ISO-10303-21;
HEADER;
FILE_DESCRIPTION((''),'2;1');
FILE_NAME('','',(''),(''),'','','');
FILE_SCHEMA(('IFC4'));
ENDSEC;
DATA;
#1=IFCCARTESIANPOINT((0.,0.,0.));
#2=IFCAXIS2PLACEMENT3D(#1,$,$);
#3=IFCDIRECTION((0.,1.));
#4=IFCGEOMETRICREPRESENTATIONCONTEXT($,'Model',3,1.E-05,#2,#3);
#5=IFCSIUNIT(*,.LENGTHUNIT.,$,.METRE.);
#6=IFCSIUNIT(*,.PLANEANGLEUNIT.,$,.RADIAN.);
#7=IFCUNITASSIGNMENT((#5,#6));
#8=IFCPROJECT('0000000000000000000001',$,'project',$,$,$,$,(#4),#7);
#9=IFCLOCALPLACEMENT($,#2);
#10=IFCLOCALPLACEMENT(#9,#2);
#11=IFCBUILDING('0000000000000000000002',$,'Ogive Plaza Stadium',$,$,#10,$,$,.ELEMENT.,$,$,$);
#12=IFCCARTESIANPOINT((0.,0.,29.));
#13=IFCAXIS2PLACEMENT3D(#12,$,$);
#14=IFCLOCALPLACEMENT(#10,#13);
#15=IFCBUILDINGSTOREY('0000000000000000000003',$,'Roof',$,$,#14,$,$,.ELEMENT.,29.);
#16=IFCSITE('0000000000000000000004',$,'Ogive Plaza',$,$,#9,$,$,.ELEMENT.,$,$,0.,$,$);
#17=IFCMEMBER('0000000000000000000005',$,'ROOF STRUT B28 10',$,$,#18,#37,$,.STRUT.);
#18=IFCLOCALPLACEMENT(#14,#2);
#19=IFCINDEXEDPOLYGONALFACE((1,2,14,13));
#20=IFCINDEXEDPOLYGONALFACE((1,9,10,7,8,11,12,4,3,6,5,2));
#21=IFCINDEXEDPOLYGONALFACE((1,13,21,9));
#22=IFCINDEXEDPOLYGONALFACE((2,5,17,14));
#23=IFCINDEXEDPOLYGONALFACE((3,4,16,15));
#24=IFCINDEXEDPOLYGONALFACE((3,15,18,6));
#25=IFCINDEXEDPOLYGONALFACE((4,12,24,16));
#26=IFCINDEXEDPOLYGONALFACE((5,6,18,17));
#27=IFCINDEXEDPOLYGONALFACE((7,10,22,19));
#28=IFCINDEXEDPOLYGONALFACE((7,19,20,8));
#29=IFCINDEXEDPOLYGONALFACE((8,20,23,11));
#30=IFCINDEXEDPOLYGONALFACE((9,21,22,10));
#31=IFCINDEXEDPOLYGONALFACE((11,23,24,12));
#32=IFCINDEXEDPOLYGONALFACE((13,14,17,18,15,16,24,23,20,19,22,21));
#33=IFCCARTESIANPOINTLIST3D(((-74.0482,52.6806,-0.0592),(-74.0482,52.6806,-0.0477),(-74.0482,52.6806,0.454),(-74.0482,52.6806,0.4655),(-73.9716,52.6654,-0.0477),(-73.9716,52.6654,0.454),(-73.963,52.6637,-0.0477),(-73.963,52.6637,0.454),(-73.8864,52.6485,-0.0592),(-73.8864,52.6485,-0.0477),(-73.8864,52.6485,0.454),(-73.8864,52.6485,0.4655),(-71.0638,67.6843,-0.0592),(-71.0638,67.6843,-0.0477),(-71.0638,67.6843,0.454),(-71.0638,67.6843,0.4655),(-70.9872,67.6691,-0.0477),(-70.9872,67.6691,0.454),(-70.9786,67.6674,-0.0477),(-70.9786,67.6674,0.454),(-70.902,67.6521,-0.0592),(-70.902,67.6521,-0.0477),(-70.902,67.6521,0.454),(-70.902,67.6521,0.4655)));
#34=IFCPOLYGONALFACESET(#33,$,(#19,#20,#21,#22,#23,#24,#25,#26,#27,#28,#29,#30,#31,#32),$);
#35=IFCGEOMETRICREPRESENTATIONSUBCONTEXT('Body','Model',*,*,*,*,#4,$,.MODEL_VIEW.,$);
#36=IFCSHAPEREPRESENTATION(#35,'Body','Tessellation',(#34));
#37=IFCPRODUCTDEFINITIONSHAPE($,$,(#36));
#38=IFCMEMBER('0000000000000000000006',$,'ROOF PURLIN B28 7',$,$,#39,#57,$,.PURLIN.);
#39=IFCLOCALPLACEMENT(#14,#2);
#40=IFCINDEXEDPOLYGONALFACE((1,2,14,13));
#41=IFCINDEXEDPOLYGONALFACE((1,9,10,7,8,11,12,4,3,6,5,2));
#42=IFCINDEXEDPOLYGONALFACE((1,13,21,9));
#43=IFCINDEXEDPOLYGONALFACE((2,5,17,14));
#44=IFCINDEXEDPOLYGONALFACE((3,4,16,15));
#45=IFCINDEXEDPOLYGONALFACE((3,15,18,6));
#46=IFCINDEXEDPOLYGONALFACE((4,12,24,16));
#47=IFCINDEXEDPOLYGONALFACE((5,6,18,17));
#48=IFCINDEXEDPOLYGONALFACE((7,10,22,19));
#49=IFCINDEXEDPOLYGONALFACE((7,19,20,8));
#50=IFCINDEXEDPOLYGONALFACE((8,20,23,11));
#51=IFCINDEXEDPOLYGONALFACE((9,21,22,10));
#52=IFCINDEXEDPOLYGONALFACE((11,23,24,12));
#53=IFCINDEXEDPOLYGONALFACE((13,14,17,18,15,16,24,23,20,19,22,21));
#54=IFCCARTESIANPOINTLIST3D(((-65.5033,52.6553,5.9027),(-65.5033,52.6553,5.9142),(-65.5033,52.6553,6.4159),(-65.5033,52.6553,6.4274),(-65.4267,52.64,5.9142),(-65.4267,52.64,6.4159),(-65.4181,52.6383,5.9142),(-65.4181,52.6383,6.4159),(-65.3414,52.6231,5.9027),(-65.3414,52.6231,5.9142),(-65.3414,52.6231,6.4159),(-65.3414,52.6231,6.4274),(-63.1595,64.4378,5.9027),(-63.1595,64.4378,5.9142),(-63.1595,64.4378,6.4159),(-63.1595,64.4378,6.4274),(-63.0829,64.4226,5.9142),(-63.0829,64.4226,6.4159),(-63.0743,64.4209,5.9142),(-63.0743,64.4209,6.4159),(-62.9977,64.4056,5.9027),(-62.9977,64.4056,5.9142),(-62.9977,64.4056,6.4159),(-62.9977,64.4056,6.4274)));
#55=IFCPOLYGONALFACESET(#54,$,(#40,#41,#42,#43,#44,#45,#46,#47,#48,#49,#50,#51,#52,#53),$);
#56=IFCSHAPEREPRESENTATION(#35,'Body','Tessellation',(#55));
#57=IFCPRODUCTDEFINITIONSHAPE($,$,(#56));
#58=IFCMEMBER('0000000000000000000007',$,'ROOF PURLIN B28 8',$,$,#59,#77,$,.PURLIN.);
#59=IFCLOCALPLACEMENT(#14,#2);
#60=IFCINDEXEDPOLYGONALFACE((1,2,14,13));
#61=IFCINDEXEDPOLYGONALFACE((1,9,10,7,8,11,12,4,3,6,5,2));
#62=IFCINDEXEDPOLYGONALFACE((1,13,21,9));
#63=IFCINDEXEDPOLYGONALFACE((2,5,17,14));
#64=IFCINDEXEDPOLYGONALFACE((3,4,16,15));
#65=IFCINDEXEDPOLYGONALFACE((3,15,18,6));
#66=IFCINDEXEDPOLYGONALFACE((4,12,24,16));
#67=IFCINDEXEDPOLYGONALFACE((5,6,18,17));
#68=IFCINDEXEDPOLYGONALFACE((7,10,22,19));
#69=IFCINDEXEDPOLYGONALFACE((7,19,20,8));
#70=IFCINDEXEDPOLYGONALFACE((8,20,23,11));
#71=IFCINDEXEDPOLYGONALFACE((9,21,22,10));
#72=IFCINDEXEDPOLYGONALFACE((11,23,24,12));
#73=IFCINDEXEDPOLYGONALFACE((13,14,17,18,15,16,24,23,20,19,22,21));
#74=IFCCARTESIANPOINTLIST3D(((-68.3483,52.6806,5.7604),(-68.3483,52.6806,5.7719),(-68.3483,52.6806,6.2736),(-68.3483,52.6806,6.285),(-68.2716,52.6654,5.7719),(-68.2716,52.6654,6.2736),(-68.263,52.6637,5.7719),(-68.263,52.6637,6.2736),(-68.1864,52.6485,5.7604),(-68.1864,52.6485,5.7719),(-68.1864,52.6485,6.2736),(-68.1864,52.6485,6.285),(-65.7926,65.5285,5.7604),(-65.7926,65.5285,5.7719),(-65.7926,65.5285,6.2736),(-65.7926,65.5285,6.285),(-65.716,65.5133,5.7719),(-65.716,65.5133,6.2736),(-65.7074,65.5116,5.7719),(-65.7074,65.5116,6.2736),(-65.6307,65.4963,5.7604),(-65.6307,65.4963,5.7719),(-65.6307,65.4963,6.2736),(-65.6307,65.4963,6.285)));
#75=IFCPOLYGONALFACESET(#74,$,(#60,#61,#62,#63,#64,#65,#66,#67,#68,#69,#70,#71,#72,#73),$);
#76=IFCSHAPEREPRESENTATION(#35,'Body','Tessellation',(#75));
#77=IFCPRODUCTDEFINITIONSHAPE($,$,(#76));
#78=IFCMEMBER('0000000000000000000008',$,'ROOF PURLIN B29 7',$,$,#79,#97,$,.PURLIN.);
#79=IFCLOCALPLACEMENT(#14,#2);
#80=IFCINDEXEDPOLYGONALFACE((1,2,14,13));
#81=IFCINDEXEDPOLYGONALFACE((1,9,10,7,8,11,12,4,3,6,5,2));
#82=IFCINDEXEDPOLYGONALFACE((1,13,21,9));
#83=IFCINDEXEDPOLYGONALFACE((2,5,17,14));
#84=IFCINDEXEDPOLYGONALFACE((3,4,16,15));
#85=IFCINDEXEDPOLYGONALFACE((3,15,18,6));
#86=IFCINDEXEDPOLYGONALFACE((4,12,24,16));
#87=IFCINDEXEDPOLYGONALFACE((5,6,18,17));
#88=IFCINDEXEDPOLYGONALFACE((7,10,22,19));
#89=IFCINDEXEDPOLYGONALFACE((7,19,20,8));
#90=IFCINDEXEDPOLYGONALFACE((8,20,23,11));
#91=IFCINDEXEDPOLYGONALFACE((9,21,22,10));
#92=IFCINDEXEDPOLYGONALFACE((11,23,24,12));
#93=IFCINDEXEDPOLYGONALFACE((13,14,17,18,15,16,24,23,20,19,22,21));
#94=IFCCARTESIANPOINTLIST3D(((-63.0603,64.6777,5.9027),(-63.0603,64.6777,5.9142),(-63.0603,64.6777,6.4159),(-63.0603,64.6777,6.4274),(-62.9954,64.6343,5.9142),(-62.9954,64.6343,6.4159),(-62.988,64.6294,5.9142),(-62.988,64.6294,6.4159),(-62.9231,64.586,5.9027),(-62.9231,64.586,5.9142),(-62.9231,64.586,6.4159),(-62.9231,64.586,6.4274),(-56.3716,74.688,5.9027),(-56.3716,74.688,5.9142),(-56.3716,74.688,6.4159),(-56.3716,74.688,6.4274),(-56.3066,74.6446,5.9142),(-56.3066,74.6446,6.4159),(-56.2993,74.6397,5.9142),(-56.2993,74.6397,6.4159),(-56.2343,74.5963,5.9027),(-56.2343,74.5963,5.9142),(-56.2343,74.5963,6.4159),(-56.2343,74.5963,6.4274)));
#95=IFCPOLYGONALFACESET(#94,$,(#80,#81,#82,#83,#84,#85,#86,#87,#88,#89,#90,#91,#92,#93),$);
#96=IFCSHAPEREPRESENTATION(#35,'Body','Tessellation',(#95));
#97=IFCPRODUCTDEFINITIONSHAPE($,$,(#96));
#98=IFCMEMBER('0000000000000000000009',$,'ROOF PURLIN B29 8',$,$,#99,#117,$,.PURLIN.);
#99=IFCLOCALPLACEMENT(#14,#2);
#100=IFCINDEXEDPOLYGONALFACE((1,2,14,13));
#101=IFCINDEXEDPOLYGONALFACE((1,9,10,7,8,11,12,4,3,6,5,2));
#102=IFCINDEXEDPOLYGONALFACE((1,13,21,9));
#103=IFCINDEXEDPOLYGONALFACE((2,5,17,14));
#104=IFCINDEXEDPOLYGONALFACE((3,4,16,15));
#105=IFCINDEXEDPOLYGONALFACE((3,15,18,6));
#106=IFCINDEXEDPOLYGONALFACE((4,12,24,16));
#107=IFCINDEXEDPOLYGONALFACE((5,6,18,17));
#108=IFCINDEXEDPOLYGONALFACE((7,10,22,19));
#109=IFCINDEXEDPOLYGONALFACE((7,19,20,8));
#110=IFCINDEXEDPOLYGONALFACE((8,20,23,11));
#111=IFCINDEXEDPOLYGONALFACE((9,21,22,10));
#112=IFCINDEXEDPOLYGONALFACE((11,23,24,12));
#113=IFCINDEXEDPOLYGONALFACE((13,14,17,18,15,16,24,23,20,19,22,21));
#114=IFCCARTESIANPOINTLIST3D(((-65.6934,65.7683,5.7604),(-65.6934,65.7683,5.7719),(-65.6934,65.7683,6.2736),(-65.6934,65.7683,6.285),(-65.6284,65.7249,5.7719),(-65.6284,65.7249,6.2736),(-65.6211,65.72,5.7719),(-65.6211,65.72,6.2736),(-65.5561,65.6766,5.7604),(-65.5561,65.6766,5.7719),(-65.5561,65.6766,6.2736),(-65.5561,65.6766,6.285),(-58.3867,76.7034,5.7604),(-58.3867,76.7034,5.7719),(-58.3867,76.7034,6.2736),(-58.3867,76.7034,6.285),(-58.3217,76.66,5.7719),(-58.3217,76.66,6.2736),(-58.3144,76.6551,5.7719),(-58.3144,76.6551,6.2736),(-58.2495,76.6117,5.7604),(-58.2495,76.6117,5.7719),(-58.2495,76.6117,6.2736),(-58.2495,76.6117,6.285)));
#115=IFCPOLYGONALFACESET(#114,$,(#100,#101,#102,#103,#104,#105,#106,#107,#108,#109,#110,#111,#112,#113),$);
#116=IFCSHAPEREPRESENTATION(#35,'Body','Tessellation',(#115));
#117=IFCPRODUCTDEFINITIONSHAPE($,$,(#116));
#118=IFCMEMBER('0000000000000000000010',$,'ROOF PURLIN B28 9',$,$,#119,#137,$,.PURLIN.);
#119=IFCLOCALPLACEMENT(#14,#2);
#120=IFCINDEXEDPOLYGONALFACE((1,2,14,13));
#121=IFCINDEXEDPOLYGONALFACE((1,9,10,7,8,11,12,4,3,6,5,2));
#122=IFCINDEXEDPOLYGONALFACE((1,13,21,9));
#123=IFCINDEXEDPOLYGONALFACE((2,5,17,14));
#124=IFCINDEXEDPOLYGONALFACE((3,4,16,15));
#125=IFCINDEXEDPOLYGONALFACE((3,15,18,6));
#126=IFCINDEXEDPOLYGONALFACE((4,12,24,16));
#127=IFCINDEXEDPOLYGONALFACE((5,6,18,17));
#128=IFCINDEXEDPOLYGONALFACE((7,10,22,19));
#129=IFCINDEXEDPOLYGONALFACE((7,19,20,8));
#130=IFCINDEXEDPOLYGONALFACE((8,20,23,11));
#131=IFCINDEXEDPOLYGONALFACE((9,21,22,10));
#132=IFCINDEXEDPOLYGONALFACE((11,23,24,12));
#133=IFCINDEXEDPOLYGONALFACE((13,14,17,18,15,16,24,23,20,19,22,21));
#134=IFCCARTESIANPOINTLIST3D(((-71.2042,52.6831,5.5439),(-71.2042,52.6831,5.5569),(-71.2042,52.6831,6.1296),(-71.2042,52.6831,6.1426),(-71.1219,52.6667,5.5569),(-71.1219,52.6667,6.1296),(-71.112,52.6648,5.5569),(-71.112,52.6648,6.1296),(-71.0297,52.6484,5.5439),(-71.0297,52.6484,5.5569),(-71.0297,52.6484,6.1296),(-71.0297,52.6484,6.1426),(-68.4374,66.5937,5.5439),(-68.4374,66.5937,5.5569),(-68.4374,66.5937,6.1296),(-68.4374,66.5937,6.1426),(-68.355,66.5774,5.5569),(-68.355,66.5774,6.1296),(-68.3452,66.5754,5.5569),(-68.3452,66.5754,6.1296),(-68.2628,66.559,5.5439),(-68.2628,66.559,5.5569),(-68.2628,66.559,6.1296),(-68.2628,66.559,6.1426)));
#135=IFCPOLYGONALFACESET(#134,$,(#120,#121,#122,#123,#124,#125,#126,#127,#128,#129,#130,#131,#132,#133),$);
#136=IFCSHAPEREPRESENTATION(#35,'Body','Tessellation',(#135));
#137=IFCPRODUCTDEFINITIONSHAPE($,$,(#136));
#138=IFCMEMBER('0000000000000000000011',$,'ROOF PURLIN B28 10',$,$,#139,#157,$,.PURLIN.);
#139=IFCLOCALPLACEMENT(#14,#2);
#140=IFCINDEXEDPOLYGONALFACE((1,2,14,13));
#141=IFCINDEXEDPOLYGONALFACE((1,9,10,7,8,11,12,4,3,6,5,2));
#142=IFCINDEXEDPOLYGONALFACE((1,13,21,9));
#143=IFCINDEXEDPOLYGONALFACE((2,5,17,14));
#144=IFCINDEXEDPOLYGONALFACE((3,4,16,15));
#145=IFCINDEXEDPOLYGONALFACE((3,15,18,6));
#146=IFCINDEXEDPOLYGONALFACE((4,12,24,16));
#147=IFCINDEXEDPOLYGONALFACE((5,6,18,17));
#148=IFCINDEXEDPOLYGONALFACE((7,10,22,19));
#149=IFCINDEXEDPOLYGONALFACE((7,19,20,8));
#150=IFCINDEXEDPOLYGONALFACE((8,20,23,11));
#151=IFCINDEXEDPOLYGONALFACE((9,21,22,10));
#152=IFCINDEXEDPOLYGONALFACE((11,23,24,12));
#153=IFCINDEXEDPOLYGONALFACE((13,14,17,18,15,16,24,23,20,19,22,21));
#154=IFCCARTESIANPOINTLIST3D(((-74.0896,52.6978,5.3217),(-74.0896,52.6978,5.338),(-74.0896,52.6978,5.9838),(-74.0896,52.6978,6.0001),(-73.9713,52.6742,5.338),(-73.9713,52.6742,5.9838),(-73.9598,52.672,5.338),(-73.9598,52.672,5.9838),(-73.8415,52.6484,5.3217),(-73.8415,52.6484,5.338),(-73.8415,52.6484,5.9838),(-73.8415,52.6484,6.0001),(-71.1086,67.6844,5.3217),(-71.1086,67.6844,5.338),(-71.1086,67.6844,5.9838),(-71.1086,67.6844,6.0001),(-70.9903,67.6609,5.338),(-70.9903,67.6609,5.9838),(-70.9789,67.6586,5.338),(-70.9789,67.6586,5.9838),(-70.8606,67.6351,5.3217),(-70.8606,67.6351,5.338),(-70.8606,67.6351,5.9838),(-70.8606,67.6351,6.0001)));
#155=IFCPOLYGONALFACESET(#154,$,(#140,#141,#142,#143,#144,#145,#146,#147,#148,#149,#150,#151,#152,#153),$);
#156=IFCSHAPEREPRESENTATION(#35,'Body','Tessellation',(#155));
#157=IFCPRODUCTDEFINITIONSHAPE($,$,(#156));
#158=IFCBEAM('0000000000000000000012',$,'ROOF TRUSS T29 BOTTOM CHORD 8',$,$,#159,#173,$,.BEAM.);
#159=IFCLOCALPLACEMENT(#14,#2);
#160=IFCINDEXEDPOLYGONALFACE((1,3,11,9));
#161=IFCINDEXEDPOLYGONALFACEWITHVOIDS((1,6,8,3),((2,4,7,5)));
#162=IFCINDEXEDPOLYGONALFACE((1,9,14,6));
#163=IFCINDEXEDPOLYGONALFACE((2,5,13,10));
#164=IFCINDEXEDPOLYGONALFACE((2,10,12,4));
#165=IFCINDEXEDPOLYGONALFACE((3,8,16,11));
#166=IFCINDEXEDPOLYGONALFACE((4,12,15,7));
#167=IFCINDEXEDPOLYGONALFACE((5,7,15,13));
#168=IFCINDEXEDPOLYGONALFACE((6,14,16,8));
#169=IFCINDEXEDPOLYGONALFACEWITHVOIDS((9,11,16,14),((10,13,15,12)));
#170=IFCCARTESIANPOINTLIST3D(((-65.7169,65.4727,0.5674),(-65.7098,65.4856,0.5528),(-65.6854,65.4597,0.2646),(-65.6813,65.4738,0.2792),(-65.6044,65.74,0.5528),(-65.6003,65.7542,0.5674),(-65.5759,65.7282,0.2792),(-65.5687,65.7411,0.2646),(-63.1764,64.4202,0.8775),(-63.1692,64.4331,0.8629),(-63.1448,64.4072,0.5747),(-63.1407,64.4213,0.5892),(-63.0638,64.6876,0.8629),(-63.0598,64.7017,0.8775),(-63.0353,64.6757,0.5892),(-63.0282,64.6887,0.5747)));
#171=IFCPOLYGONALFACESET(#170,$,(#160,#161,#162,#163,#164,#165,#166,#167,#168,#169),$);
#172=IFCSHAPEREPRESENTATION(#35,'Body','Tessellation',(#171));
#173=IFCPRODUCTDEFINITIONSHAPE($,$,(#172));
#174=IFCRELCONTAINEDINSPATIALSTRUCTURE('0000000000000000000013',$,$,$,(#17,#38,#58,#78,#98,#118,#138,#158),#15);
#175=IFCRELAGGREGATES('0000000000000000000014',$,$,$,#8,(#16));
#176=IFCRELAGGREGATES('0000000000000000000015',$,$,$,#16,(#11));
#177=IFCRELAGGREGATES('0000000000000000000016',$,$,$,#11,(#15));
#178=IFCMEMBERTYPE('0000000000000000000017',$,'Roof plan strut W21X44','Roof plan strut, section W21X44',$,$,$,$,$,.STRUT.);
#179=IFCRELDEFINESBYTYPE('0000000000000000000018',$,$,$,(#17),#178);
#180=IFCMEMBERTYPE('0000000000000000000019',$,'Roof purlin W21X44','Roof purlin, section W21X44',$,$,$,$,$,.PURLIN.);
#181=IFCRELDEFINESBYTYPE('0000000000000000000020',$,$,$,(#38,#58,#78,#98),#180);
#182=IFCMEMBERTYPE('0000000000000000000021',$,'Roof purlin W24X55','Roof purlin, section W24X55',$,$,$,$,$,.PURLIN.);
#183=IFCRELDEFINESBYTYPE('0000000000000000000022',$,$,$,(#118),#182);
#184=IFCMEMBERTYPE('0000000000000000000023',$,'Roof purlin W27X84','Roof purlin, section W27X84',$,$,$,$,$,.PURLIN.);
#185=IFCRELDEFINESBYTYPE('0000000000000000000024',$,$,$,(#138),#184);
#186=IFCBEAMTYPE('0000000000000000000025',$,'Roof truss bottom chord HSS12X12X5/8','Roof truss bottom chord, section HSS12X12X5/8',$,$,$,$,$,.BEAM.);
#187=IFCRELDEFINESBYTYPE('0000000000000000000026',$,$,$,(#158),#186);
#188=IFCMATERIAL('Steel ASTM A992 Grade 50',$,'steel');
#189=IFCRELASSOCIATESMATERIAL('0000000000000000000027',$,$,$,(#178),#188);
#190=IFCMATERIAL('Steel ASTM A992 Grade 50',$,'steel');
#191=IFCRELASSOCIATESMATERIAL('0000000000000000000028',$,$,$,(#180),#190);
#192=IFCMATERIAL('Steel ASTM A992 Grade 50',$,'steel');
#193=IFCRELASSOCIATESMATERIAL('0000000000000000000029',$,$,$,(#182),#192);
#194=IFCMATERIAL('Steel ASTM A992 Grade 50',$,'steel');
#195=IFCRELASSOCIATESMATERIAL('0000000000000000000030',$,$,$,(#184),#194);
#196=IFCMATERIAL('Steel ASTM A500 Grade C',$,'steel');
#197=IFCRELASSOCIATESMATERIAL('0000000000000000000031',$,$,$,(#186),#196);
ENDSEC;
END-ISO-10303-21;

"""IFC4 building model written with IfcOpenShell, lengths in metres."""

from ifc_helpers import new_model, si_unit, direction, frame, origin, origin_2d, place, context, subcontext, project, spatial, hollow_rectangle, i_section, extrude, material, material_profile, profile_set, type_object, element, save


model = new_model("IFC4")

# Units and contexts
model_context = context("Model", 3, precision=1e-05, world=origin(), true_north=direction((0.0, 1.0)))
body_context = subcontext(model_context, "Body", "Model", "MODEL_VIEW")
ifc_project = project(units=[si_unit("LENGTHUNIT", "METRE"), si_unit("PLANEANGLEUNIT", "RADIAN")], contexts=[model_context])

# Site, building, storey
site_placement = place(None, origin())
site = spatial("IfcSite", under=ifc_project, at=site_placement, Name="Ogive Plaza", CompositionType="ELEMENT", RefElevation=0.0)
building_placement = place(site_placement, origin())
building = spatial("IfcBuilding", under=site, at=building_placement, Name="Ogive Plaza Stadium", CompositionType="ELEMENT")
storey_placement = place(building_placement, frame((0.0, 0.0, 29.0)))
storey = spatial("IfcBuildingStorey", under=building, at=storey_placement, Name="Roof", CompositionType="ELEMENT", Elevation=29.0)

# Members
ifc_material_1 = material(Name="Steel ASTM A992 Grade 50", Category="steel")
ifc_material_profile_1 = material_profile(ifc_material_1, i_section(OverallWidth=0.165, OverallDepth=0.5247, WebThickness=0.0088, FlangeThickness=0.0115, at=origin_2d()), Name="W21X44")
ifc_profile_set_1 = profile_set([ifc_material_profile_1], Name="Steel ASTM A992 Grade 50")
member_type_1 = type_object("IfcMemberType", Name="Roof plan strut W21X44", Description="Roof plan strut, section W21X44", PredefinedType="STRUT", material=ifc_profile_set_1)
member_1_placement = place(storey_placement, frame((-73.9673, 52.6646, 0.2031), z_axis=(0.195088, 0.980786, 0.0), x_axis=(-0.980786, 0.195088, 0.0)))
element("IfcMember", 1, at=member_1_placement, inside=storey, type_object=member_type_1, Name="ROOF STRUT B28 10", PredefinedType="STRUT", context=body_context, shape_type="SweptSolid", body=[
    extrude(i_section(OverallWidth=0.165, OverallDepth=0.5247, WebThickness=0.0088, FlangeThickness=0.0115, at=origin_2d()), origin(), (0.0, 0.0, 1.0), 15.2976),
])
ifc_material_2 = material(Name="Steel ASTM A992 Grade 50", Category="steel")
ifc_material_profile_2 = material_profile(ifc_material_2, i_section(OverallWidth=0.165, OverallDepth=0.5247, WebThickness=0.0088, FlangeThickness=0.0115, at=origin_2d()), Name="W21X44")
ifc_profile_set_2 = profile_set([ifc_material_profile_2], Name="Steel ASTM A992 Grade 50")
member_type_2 = type_object("IfcMemberType", Name="Roof purlin W21X44", Description="Roof purlin, section W21X44", PredefinedType="PURLIN", material=ifc_profile_set_2)
member_2_placement = place(storey_placement, frame((-65.4224, 52.6392, 6.165), z_axis=(0.195096, 0.980784, 0.0), x_axis=(-0.980784, 0.195096, 0.0)))
element("IfcMember", 2, at=member_2_placement, inside=storey, type_object=member_type_2, Name="ROOF PURLIN B28 7", PredefinedType="PURLIN", context=body_context, shape_type="SweptSolid", body=[
    extrude(i_section(OverallWidth=0.165, OverallDepth=0.5247, WebThickness=0.0088, FlangeThickness=0.0115, at=origin_2d()), origin(), (0.0, 0.0, 1.0), 12.0134),
])
member_3_placement = place(storey_placement, frame((-68.2673, 52.6646, 6.0227), z_axis=(0.195095, 0.980784, 0.0), x_axis=(-0.980784, 0.195095, 0.0)))
element("IfcMember", 3, at=member_3_placement, inside=storey, type_object=member_type_2, Name="ROOF PURLIN B28 8", PredefinedType="PURLIN", context=body_context, shape_type="SweptSolid", body=[
    extrude(i_section(OverallWidth=0.165, OverallDepth=0.5247, WebThickness=0.0088, FlangeThickness=0.0115, at=origin_2d()), origin(), (0.0, 0.0, 1.0), 13.0996),
])
member_4_placement = place(storey_placement, frame((-62.9917, 64.6318, 6.165), z_axis=(0.555575, 0.831466, 0.0), x_axis=(-0.831466, 0.555575, 0.0)))
element("IfcMember", 4, at=member_4_placement, inside=storey, type_object=member_type_2, Name="ROOF PURLIN B29 7", PredefinedType="PURLIN", context=body_context, shape_type="SweptSolid", body=[
    extrude(i_section(OverallWidth=0.165, OverallDepth=0.5247, WebThickness=0.0088, FlangeThickness=0.0115, at=origin_2d()), origin(), (0.0, 0.0, 1.0), 12.0393),
])
member_5_placement = place(storey_placement, frame((-65.6248, 65.7224, 6.0227), z_axis=(0.555574, 0.831467, 0.0), x_axis=(-0.831467, 0.555574, 0.0)))
element("IfcMember", 5, at=member_5_placement, inside=storey, type_object=member_type_2, Name="ROOF PURLIN B29 8", PredefinedType="PURLIN", context=body_context, shape_type="SweptSolid", body=[
    extrude(i_section(OverallWidth=0.165, OverallDepth=0.5247, WebThickness=0.0088, FlangeThickness=0.0115, at=origin_2d()), origin(), (0.0, 0.0, 1.0), 13.1516),
])
ifc_material_3 = material(Name="Steel ASTM A992 Grade 50", Category="steel")
ifc_material_profile_3 = material_profile(ifc_material_3, i_section(OverallWidth=0.178, OverallDepth=0.5986, WebThickness=0.01, FlangeThickness=0.0129, at=origin_2d()), Name="W24X55")
ifc_profile_set_3 = profile_set([ifc_material_profile_3], Name="Steel ASTM A992 Grade 50")
member_type_3 = type_object("IfcMemberType", Name="Roof purlin W24X55", Description="Roof purlin, section W24X55", PredefinedType="PURLIN", material=ifc_profile_set_3)
member_6_placement = place(storey_placement, frame((-71.1169, 52.6658, 5.8433), z_axis=(0.19508, 0.980787, 0.0), x_axis=(-0.980787, 0.19508, 0.0)))
element("IfcMember", 6, at=member_6_placement, inside=storey, type_object=member_type_3, Name="ROOF PURLIN B28 9", PredefinedType="PURLIN", context=body_context, shape_type="SweptSolid", body=[
    extrude(i_section(OverallWidth=0.178, OverallDepth=0.5986, WebThickness=0.01, FlangeThickness=0.0129, at=origin_2d()), origin(), (0.0, 0.0, 1.0), 14.1831),
])
ifc_material_4 = material(Name="Steel ASTM A992 Grade 50", Category="steel")
ifc_material_profile_4 = material_profile(ifc_material_4, i_section(OverallWidth=0.2529, OverallDepth=0.6785, WebThickness=0.0117, FlangeThickness=0.0164, at=origin_2d()), Name="W27X84")
ifc_profile_set_4 = profile_set([ifc_material_profile_4], Name="Steel ASTM A992 Grade 50")
member_type_4 = type_object("IfcMemberType", Name="Roof purlin W27X84", Description="Roof purlin, section W27X84", PredefinedType="PURLIN", material=ifc_profile_set_4)
member_7_placement = place(storey_placement, frame((-73.9656, 52.6731, 5.6609), z_axis=(0.195087, 0.980786, 0.0), x_axis=(-0.980786, 0.195087, 0.0)))
element("IfcMember", 7, at=member_7_placement, inside=storey, type_object=member_type_4, Name="ROOF PURLIN B28 10", PredefinedType="PURLIN", context=body_context, shape_type="SweptSolid", body=[
    extrude(i_section(OverallWidth=0.2529, OverallDepth=0.6785, WebThickness=0.0117, FlangeThickness=0.0164, at=origin_2d()), origin(), (0.0, 0.0, 1.0), 15.2803),
])

# Beam
ifc_material_5 = material(Name="Steel ASTM A500 Grade C", Category="steel")
ifc_material_profile_5 = material_profile(ifc_material_5, hollow_rectangle(XDim=0.3047, YDim=0.3047, WallThickness=0.0146, at=origin_2d()), Name="HSS12X12X5/8")
ifc_profile_set_5 = profile_set([ifc_material_profile_5], Name="Steel ASTM A500 Grade C")
beam_type_1 = type_object("IfcBeamType", Name="Roof truss bottom chord HSS12X12X5/8", Description="Roof truss bottom chord, section HSS12X12X5/8", PredefinedType="BEAM", material=ifc_profile_set_5)
beam_1_placement = place(storey_placement, frame((-63.1023, 64.5544, 0.7261), z_axis=(-0.918041, 0.380326, -0.112042), x_axis=(-0.382736, -0.923858, 0.0)))
element("IfcBeam", 8, at=beam_1_placement, inside=storey, type_object=beam_type_1, Name="ROOF TRUSS T29 BOTTOM CHORD 8", PredefinedType="BEAM", context=body_context, shape_type="SweptSolid", body=[
    extrude(hollow_rectangle(XDim=0.3047, YDim=0.3047, WallThickness=0.0146, at=origin_2d()), origin(), (0.0, 0.0, 1.0), 2.7673),
])

save(model, "model.ifc")
